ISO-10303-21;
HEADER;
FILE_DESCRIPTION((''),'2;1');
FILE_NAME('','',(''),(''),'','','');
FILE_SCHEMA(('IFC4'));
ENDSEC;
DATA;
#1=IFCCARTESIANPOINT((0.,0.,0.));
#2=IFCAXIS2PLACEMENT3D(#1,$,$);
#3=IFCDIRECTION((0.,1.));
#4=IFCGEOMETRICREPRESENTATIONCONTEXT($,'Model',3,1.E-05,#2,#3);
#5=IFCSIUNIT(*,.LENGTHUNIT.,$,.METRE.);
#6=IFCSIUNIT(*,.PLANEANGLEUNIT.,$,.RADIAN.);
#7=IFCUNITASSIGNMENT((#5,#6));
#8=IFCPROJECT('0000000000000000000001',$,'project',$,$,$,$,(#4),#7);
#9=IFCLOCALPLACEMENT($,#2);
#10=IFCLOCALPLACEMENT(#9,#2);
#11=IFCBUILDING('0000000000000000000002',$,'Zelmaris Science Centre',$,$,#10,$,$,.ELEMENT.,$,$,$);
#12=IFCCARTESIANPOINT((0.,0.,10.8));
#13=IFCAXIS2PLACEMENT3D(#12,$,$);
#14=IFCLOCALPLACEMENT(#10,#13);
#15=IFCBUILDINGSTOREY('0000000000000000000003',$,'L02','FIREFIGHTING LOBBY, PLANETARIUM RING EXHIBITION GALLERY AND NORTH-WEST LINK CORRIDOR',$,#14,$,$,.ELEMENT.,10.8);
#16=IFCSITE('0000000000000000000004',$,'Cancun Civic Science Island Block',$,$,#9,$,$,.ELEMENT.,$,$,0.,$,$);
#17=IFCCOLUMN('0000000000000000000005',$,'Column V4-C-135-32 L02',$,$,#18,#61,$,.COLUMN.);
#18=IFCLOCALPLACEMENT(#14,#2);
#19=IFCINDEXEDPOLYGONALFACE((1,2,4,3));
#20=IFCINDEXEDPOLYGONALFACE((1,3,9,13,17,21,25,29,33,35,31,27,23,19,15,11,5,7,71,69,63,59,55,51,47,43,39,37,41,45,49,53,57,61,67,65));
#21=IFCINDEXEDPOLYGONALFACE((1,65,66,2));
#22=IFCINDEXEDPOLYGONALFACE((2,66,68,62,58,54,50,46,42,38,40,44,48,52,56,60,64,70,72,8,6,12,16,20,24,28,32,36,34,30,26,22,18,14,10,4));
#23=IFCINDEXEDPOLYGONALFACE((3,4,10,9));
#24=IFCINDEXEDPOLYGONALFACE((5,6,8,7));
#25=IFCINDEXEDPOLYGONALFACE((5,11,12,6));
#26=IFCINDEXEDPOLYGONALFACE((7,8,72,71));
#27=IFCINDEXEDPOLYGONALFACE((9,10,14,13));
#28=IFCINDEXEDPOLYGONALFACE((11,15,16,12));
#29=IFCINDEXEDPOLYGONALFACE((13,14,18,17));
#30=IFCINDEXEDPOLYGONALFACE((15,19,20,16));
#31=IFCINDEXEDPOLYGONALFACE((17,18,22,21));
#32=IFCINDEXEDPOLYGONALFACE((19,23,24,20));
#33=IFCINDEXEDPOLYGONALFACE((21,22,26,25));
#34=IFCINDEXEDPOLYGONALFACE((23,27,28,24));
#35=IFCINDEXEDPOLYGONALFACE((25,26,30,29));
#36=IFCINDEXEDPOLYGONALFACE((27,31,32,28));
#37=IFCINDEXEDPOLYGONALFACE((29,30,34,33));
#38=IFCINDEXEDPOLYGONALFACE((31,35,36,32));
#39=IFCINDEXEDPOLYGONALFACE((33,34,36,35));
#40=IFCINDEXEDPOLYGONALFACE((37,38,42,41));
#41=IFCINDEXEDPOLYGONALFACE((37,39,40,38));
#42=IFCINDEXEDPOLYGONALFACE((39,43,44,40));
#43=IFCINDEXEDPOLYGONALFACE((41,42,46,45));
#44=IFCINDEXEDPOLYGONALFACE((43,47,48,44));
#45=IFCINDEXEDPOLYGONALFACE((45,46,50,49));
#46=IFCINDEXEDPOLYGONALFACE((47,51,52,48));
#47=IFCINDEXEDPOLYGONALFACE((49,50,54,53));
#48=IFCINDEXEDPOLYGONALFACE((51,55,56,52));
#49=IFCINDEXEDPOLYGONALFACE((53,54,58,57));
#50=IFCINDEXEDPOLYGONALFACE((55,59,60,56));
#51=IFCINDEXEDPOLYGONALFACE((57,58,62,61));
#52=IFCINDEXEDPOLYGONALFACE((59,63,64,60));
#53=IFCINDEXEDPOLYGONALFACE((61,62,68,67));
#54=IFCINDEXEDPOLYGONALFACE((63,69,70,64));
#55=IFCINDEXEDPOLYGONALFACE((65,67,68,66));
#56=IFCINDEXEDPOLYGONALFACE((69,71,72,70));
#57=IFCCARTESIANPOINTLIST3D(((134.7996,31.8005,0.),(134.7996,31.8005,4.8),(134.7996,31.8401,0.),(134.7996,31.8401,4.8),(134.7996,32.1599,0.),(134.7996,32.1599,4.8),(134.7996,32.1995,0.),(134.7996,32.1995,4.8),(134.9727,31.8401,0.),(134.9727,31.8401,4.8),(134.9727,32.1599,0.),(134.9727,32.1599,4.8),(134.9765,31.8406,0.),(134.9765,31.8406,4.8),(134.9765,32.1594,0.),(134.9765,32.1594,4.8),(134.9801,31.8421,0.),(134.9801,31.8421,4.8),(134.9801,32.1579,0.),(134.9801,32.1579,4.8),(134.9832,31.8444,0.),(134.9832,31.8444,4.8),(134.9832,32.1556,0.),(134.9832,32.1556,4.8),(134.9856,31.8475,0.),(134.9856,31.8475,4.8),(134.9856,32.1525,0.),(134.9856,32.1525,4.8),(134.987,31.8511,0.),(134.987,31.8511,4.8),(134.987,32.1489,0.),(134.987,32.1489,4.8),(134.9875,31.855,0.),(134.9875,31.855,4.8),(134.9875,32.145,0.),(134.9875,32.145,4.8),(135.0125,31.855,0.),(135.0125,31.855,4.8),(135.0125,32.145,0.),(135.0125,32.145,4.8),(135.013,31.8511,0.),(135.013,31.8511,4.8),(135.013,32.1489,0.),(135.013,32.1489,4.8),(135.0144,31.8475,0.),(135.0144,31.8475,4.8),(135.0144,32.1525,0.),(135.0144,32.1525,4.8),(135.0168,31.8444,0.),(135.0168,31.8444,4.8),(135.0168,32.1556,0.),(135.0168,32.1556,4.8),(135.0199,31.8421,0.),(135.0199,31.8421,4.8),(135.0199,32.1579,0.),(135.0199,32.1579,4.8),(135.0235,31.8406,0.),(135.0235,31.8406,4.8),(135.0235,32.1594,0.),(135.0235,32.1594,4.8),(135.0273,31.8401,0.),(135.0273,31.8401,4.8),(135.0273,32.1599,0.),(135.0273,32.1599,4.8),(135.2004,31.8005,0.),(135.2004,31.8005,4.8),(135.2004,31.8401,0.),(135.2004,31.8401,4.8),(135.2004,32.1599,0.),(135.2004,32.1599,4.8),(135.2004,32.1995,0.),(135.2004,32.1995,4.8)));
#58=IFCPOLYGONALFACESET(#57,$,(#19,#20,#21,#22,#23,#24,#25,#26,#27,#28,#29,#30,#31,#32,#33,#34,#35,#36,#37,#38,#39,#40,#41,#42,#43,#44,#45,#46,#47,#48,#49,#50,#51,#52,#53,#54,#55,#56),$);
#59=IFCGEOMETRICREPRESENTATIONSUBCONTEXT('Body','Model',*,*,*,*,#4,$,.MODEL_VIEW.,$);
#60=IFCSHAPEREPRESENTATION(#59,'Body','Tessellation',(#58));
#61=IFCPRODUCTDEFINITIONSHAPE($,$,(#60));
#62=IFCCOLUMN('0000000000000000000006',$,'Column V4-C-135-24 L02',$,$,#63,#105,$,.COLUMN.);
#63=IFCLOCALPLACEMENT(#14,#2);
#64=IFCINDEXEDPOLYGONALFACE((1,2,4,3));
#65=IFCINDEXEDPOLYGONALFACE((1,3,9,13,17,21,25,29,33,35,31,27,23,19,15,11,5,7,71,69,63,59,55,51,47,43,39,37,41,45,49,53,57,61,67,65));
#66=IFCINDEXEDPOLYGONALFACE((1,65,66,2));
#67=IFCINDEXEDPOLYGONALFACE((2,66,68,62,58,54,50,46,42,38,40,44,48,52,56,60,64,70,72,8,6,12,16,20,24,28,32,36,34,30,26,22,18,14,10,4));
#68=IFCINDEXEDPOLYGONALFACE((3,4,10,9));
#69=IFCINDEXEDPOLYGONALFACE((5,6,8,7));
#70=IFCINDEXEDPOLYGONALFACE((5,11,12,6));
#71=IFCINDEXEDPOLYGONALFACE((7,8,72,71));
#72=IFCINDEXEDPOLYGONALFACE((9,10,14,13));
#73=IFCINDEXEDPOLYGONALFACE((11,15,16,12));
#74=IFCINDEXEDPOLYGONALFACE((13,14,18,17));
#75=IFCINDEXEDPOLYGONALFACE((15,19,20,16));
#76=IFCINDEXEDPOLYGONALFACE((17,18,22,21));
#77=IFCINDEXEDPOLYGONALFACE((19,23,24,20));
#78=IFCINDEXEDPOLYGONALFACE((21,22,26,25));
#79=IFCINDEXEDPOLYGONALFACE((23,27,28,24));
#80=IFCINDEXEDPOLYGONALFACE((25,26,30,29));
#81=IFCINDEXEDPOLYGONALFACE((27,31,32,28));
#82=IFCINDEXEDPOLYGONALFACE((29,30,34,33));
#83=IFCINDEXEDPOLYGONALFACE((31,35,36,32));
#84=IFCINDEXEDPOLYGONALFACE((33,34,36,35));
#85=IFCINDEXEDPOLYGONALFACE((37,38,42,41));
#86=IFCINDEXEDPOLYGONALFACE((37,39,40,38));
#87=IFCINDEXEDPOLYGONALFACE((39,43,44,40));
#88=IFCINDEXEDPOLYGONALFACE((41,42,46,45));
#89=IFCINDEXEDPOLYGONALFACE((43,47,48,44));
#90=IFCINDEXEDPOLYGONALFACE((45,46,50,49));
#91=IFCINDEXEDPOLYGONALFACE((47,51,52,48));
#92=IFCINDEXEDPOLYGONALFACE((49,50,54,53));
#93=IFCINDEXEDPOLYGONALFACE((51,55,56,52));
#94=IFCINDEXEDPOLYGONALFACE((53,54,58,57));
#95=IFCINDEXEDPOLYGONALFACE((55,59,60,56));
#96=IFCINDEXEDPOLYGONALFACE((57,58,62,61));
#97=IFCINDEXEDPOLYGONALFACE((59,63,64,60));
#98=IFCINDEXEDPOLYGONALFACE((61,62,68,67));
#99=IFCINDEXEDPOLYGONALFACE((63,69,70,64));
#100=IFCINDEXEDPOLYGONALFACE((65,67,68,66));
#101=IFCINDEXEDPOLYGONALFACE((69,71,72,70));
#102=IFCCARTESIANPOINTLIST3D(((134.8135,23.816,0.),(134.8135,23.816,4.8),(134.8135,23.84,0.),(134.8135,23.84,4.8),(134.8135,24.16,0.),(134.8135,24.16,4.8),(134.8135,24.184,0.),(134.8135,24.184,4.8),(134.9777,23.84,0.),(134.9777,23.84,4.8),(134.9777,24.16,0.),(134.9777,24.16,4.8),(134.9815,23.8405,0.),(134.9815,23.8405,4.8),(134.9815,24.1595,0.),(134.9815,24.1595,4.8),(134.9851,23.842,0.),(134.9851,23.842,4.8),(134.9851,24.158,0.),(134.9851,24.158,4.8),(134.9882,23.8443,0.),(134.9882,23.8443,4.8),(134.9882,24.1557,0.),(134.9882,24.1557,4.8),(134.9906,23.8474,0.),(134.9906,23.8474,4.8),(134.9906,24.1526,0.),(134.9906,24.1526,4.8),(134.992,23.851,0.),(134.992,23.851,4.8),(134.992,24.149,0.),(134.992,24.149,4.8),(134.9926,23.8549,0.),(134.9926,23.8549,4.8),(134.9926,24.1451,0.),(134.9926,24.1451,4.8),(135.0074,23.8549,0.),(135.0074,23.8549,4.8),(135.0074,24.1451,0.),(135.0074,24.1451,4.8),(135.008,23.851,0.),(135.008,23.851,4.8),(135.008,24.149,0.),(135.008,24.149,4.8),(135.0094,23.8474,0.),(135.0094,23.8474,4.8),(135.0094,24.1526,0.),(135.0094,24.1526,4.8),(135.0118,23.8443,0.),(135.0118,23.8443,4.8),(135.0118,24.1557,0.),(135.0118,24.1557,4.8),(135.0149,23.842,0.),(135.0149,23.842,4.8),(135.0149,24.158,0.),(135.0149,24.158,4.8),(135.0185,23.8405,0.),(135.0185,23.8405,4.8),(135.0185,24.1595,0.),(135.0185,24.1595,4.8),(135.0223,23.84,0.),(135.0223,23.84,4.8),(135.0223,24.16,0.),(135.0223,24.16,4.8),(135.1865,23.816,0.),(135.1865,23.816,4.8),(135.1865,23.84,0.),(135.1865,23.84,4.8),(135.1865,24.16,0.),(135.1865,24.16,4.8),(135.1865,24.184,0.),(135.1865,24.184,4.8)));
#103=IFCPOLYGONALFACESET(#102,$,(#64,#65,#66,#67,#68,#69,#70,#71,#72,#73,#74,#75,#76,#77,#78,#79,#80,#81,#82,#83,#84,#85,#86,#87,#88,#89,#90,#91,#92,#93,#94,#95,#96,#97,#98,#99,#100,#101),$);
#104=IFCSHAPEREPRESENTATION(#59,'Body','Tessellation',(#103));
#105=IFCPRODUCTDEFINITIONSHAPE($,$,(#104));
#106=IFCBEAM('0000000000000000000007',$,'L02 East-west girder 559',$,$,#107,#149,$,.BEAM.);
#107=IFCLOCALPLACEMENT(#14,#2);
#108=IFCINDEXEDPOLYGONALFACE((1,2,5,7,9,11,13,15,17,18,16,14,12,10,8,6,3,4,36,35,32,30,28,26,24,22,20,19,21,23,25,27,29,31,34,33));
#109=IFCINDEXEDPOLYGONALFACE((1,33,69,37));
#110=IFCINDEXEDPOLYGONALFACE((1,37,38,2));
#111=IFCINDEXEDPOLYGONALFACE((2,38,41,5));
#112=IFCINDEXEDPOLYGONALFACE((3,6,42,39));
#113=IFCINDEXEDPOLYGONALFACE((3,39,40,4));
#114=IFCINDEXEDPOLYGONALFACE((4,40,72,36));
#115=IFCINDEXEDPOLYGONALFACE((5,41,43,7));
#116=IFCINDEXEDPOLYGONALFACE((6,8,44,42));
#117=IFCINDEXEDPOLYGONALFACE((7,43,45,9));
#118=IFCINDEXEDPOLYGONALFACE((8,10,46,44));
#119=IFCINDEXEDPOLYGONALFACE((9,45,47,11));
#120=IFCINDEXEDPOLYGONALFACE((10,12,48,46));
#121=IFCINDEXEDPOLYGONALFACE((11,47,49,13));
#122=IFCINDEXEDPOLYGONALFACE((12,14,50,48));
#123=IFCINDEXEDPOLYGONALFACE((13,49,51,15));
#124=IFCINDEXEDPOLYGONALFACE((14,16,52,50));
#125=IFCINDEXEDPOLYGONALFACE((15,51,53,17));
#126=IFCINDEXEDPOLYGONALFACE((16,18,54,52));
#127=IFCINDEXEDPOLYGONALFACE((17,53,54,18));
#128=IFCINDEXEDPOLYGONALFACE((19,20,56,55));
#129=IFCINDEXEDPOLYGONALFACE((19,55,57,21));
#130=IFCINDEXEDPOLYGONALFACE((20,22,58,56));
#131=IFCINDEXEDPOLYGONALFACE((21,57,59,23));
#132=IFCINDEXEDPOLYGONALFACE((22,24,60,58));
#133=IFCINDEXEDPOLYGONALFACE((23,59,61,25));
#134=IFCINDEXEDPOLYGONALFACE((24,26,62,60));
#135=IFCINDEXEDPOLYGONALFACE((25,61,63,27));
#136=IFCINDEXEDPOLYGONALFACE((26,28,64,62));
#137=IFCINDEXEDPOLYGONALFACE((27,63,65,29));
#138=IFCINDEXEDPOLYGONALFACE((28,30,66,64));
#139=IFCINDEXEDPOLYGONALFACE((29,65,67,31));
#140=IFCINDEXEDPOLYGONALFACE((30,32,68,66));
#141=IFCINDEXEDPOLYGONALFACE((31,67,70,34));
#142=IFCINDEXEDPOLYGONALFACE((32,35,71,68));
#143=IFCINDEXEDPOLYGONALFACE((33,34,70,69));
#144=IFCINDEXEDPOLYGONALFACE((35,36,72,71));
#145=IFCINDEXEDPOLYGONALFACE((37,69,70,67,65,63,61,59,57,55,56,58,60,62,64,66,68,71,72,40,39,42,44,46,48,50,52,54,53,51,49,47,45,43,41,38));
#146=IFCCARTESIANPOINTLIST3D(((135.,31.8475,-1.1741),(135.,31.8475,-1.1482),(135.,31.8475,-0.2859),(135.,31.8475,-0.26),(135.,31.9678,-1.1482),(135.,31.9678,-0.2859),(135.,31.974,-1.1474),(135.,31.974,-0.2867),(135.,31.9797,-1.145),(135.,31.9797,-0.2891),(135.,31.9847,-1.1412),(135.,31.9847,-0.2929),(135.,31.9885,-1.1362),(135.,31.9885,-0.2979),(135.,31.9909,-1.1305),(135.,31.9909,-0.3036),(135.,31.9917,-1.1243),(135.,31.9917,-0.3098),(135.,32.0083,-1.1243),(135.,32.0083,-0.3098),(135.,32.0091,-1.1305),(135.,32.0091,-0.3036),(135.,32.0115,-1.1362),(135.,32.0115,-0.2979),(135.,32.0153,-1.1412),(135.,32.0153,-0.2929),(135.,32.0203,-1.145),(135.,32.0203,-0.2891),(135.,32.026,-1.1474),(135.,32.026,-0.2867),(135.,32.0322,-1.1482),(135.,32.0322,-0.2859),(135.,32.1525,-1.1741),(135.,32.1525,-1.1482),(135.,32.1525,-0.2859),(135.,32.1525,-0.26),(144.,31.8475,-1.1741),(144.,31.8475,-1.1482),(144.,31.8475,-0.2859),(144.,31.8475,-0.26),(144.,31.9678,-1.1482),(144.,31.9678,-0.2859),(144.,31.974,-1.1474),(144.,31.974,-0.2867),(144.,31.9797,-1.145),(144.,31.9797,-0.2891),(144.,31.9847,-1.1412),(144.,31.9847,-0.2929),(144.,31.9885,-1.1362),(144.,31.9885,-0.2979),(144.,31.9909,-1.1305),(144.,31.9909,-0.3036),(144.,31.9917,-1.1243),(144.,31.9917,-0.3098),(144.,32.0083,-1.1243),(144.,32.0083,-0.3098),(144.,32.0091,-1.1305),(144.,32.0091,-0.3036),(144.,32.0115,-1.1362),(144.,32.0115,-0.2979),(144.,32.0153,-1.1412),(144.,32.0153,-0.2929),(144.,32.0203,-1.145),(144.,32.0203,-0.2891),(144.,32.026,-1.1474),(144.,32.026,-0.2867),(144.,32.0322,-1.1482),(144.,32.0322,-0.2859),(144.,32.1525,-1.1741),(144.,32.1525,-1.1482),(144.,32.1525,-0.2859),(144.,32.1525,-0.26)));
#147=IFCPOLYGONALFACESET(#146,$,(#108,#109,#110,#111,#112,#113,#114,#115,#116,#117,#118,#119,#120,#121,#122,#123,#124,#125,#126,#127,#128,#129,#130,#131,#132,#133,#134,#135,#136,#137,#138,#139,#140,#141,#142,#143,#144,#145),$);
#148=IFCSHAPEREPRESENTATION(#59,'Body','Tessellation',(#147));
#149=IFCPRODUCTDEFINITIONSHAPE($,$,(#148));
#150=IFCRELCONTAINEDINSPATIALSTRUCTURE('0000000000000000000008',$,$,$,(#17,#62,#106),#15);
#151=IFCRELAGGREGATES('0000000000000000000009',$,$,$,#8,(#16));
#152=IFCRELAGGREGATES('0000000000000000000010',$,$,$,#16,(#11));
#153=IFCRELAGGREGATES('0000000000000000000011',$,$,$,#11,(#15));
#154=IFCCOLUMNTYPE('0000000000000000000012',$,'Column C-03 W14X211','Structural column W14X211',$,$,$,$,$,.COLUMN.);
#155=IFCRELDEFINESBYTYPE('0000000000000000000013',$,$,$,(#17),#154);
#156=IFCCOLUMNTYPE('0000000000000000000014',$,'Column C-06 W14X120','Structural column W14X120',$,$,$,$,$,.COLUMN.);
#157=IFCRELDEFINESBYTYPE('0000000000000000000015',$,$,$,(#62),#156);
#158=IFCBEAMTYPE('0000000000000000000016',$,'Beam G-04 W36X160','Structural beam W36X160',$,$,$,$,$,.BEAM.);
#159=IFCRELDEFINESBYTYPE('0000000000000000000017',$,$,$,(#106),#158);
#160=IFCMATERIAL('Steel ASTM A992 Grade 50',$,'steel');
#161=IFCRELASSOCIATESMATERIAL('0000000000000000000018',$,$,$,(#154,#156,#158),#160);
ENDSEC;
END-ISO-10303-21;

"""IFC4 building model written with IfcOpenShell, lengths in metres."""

from ifc_helpers import new_model, si_unit, direction, frame, origin, origin_2d, place, context, subcontext, project, spatial, i_section, extrude, material, material_profile, profile_set, type_object, element, save


model = new_model("IFC4")

# Units and contexts
model_context = context("Model", 3, precision=1e-05, world=origin(), true_north=direction((0.0, 1.0)))
body_context = subcontext(model_context, "Body", "Model", "MODEL_VIEW")
ifc_project = project(units=[si_unit("LENGTHUNIT", "METRE"), si_unit("PLANEANGLEUNIT", "RADIAN")], contexts=[model_context])

# Site, building, storey
site_placement = place(None, origin())
site = spatial("IfcSite", under=ifc_project, at=site_placement, Name="Cancun Civic Science Island Block", CompositionType="ELEMENT", RefElevation=0.0)
building_placement = place(site_placement, origin())
building = spatial("IfcBuilding", under=site, at=building_placement, Name="Zelmaris Science Centre", CompositionType="ELEMENT")
storey_placement = place(building_placement, frame((0.0, 0.0, 10.8)))
storey = spatial("IfcBuildingStorey", under=building, at=storey_placement, Name="L02", Description="FIREFIGHTING LOBBY, PLANETARIUM RING EXHIBITION GALLERY AND NORTH-WEST LINK CORRIDOR", CompositionType="ELEMENT", Elevation=10.8)

# Columns
ifc_material_1 = material(Name="Steel ASTM A992 Grade 50", Category="steel")
ifc_material_profile_1 = material_profile(ifc_material_1, i_section(OverallWidth=0.4009, OverallDepth=0.3989, WebThickness=0.0249, FlangeThickness=0.0396, FilletRadius=0.0149, at=origin_2d()), Name="W14X211")
ifc_profile_set_1 = profile_set([ifc_material_profile_1], Name="Steel ASTM A992 Grade 50")
column_type_1 = type_object("IfcColumnType", Name="Column C-03 W14X211", Description="Structural column W14X211", PredefinedType="COLUMN", material=ifc_profile_set_1)
column_1_placement = place(storey_placement, frame((135.0, 32.0, 0.0), z_axis=(0.0, 0.0, 1.0), x_axis=(1.0, 0.0, 0.0)))
element("IfcColumn", 1, at=column_1_placement, inside=storey, type_object=column_type_1, Name="Column V4-C-135-32 L02", PredefinedType="COLUMN", context=body_context, shape_type="SweptSolid", body=[
    extrude(i_section(OverallWidth=0.4009, OverallDepth=0.3989, WebThickness=0.0249, FlangeThickness=0.0396, FilletRadius=0.0149, at=origin_2d()), origin(), (0.0, 0.0, 1.0), 4.8),
])
ifc_material_profile_2 = material_profile(ifc_material_1, i_section(OverallWidth=0.373, OverallDepth=0.3679, WebThickness=0.0149, FlangeThickness=0.0239, FilletRadius=0.0149, at=origin_2d()), Name="W14X120")
ifc_profile_set_2 = profile_set([ifc_material_profile_2], Name="Steel ASTM A992 Grade 50")
column_type_2 = type_object("IfcColumnType", Name="Column C-06 W14X120", Description="Structural column W14X120", PredefinedType="COLUMN", material=ifc_profile_set_2)
column_2_placement = place(storey_placement, frame((135.0, 24.0, 0.0), z_axis=(0.0, 0.0, 1.0), x_axis=(1.0, 0.0, 0.0)))
element("IfcColumn", 2, at=column_2_placement, inside=storey, type_object=column_type_2, Name="Column V4-C-135-24 L02", PredefinedType="COLUMN", context=body_context, shape_type="SweptSolid", body=[
    extrude(i_section(OverallWidth=0.373, OverallDepth=0.3679, WebThickness=0.0149, FlangeThickness=0.0239, FilletRadius=0.0149, at=origin_2d()), origin(), (0.0, 0.0, 1.0), 4.8),
])

# Beam
ifc_material_profile_3 = material_profile(ifc_material_1, i_section(OverallWidth=0.3049, OverallDepth=0.9141, WebThickness=0.0166, FlangeThickness=0.0259, FilletRadius=0.0239, at=origin_2d()), Name="W36X160")
ifc_profile_set_3 = profile_set([ifc_material_profile_3], Name="Steel ASTM A992 Grade 50")
beam_type_1 = type_object("IfcBeamType", Name="Beam G-04 W36X160", Description="Structural beam W36X160", PredefinedType="BEAM", material=ifc_profile_set_3)
beam_1_placement = place(storey_placement, frame((135.0, 32.0, -0.717), z_axis=(1.0, 0.0, 0.0), x_axis=(0.0, 1.0, 0.0)))
element("IfcBeam", 3, at=beam_1_placement, inside=storey, type_object=beam_type_1, Name="L02 East-west girder 559", PredefinedType="BEAM", context=body_context, shape_type="SweptSolid", body=[
    extrude(i_section(OverallWidth=0.3049, OverallDepth=0.9141, WebThickness=0.0166, FlangeThickness=0.0259, FilletRadius=0.0239, at=origin_2d()), origin(), (0.0, 0.0, 1.0), 9.0),
])

save(model, "model.ifc")
